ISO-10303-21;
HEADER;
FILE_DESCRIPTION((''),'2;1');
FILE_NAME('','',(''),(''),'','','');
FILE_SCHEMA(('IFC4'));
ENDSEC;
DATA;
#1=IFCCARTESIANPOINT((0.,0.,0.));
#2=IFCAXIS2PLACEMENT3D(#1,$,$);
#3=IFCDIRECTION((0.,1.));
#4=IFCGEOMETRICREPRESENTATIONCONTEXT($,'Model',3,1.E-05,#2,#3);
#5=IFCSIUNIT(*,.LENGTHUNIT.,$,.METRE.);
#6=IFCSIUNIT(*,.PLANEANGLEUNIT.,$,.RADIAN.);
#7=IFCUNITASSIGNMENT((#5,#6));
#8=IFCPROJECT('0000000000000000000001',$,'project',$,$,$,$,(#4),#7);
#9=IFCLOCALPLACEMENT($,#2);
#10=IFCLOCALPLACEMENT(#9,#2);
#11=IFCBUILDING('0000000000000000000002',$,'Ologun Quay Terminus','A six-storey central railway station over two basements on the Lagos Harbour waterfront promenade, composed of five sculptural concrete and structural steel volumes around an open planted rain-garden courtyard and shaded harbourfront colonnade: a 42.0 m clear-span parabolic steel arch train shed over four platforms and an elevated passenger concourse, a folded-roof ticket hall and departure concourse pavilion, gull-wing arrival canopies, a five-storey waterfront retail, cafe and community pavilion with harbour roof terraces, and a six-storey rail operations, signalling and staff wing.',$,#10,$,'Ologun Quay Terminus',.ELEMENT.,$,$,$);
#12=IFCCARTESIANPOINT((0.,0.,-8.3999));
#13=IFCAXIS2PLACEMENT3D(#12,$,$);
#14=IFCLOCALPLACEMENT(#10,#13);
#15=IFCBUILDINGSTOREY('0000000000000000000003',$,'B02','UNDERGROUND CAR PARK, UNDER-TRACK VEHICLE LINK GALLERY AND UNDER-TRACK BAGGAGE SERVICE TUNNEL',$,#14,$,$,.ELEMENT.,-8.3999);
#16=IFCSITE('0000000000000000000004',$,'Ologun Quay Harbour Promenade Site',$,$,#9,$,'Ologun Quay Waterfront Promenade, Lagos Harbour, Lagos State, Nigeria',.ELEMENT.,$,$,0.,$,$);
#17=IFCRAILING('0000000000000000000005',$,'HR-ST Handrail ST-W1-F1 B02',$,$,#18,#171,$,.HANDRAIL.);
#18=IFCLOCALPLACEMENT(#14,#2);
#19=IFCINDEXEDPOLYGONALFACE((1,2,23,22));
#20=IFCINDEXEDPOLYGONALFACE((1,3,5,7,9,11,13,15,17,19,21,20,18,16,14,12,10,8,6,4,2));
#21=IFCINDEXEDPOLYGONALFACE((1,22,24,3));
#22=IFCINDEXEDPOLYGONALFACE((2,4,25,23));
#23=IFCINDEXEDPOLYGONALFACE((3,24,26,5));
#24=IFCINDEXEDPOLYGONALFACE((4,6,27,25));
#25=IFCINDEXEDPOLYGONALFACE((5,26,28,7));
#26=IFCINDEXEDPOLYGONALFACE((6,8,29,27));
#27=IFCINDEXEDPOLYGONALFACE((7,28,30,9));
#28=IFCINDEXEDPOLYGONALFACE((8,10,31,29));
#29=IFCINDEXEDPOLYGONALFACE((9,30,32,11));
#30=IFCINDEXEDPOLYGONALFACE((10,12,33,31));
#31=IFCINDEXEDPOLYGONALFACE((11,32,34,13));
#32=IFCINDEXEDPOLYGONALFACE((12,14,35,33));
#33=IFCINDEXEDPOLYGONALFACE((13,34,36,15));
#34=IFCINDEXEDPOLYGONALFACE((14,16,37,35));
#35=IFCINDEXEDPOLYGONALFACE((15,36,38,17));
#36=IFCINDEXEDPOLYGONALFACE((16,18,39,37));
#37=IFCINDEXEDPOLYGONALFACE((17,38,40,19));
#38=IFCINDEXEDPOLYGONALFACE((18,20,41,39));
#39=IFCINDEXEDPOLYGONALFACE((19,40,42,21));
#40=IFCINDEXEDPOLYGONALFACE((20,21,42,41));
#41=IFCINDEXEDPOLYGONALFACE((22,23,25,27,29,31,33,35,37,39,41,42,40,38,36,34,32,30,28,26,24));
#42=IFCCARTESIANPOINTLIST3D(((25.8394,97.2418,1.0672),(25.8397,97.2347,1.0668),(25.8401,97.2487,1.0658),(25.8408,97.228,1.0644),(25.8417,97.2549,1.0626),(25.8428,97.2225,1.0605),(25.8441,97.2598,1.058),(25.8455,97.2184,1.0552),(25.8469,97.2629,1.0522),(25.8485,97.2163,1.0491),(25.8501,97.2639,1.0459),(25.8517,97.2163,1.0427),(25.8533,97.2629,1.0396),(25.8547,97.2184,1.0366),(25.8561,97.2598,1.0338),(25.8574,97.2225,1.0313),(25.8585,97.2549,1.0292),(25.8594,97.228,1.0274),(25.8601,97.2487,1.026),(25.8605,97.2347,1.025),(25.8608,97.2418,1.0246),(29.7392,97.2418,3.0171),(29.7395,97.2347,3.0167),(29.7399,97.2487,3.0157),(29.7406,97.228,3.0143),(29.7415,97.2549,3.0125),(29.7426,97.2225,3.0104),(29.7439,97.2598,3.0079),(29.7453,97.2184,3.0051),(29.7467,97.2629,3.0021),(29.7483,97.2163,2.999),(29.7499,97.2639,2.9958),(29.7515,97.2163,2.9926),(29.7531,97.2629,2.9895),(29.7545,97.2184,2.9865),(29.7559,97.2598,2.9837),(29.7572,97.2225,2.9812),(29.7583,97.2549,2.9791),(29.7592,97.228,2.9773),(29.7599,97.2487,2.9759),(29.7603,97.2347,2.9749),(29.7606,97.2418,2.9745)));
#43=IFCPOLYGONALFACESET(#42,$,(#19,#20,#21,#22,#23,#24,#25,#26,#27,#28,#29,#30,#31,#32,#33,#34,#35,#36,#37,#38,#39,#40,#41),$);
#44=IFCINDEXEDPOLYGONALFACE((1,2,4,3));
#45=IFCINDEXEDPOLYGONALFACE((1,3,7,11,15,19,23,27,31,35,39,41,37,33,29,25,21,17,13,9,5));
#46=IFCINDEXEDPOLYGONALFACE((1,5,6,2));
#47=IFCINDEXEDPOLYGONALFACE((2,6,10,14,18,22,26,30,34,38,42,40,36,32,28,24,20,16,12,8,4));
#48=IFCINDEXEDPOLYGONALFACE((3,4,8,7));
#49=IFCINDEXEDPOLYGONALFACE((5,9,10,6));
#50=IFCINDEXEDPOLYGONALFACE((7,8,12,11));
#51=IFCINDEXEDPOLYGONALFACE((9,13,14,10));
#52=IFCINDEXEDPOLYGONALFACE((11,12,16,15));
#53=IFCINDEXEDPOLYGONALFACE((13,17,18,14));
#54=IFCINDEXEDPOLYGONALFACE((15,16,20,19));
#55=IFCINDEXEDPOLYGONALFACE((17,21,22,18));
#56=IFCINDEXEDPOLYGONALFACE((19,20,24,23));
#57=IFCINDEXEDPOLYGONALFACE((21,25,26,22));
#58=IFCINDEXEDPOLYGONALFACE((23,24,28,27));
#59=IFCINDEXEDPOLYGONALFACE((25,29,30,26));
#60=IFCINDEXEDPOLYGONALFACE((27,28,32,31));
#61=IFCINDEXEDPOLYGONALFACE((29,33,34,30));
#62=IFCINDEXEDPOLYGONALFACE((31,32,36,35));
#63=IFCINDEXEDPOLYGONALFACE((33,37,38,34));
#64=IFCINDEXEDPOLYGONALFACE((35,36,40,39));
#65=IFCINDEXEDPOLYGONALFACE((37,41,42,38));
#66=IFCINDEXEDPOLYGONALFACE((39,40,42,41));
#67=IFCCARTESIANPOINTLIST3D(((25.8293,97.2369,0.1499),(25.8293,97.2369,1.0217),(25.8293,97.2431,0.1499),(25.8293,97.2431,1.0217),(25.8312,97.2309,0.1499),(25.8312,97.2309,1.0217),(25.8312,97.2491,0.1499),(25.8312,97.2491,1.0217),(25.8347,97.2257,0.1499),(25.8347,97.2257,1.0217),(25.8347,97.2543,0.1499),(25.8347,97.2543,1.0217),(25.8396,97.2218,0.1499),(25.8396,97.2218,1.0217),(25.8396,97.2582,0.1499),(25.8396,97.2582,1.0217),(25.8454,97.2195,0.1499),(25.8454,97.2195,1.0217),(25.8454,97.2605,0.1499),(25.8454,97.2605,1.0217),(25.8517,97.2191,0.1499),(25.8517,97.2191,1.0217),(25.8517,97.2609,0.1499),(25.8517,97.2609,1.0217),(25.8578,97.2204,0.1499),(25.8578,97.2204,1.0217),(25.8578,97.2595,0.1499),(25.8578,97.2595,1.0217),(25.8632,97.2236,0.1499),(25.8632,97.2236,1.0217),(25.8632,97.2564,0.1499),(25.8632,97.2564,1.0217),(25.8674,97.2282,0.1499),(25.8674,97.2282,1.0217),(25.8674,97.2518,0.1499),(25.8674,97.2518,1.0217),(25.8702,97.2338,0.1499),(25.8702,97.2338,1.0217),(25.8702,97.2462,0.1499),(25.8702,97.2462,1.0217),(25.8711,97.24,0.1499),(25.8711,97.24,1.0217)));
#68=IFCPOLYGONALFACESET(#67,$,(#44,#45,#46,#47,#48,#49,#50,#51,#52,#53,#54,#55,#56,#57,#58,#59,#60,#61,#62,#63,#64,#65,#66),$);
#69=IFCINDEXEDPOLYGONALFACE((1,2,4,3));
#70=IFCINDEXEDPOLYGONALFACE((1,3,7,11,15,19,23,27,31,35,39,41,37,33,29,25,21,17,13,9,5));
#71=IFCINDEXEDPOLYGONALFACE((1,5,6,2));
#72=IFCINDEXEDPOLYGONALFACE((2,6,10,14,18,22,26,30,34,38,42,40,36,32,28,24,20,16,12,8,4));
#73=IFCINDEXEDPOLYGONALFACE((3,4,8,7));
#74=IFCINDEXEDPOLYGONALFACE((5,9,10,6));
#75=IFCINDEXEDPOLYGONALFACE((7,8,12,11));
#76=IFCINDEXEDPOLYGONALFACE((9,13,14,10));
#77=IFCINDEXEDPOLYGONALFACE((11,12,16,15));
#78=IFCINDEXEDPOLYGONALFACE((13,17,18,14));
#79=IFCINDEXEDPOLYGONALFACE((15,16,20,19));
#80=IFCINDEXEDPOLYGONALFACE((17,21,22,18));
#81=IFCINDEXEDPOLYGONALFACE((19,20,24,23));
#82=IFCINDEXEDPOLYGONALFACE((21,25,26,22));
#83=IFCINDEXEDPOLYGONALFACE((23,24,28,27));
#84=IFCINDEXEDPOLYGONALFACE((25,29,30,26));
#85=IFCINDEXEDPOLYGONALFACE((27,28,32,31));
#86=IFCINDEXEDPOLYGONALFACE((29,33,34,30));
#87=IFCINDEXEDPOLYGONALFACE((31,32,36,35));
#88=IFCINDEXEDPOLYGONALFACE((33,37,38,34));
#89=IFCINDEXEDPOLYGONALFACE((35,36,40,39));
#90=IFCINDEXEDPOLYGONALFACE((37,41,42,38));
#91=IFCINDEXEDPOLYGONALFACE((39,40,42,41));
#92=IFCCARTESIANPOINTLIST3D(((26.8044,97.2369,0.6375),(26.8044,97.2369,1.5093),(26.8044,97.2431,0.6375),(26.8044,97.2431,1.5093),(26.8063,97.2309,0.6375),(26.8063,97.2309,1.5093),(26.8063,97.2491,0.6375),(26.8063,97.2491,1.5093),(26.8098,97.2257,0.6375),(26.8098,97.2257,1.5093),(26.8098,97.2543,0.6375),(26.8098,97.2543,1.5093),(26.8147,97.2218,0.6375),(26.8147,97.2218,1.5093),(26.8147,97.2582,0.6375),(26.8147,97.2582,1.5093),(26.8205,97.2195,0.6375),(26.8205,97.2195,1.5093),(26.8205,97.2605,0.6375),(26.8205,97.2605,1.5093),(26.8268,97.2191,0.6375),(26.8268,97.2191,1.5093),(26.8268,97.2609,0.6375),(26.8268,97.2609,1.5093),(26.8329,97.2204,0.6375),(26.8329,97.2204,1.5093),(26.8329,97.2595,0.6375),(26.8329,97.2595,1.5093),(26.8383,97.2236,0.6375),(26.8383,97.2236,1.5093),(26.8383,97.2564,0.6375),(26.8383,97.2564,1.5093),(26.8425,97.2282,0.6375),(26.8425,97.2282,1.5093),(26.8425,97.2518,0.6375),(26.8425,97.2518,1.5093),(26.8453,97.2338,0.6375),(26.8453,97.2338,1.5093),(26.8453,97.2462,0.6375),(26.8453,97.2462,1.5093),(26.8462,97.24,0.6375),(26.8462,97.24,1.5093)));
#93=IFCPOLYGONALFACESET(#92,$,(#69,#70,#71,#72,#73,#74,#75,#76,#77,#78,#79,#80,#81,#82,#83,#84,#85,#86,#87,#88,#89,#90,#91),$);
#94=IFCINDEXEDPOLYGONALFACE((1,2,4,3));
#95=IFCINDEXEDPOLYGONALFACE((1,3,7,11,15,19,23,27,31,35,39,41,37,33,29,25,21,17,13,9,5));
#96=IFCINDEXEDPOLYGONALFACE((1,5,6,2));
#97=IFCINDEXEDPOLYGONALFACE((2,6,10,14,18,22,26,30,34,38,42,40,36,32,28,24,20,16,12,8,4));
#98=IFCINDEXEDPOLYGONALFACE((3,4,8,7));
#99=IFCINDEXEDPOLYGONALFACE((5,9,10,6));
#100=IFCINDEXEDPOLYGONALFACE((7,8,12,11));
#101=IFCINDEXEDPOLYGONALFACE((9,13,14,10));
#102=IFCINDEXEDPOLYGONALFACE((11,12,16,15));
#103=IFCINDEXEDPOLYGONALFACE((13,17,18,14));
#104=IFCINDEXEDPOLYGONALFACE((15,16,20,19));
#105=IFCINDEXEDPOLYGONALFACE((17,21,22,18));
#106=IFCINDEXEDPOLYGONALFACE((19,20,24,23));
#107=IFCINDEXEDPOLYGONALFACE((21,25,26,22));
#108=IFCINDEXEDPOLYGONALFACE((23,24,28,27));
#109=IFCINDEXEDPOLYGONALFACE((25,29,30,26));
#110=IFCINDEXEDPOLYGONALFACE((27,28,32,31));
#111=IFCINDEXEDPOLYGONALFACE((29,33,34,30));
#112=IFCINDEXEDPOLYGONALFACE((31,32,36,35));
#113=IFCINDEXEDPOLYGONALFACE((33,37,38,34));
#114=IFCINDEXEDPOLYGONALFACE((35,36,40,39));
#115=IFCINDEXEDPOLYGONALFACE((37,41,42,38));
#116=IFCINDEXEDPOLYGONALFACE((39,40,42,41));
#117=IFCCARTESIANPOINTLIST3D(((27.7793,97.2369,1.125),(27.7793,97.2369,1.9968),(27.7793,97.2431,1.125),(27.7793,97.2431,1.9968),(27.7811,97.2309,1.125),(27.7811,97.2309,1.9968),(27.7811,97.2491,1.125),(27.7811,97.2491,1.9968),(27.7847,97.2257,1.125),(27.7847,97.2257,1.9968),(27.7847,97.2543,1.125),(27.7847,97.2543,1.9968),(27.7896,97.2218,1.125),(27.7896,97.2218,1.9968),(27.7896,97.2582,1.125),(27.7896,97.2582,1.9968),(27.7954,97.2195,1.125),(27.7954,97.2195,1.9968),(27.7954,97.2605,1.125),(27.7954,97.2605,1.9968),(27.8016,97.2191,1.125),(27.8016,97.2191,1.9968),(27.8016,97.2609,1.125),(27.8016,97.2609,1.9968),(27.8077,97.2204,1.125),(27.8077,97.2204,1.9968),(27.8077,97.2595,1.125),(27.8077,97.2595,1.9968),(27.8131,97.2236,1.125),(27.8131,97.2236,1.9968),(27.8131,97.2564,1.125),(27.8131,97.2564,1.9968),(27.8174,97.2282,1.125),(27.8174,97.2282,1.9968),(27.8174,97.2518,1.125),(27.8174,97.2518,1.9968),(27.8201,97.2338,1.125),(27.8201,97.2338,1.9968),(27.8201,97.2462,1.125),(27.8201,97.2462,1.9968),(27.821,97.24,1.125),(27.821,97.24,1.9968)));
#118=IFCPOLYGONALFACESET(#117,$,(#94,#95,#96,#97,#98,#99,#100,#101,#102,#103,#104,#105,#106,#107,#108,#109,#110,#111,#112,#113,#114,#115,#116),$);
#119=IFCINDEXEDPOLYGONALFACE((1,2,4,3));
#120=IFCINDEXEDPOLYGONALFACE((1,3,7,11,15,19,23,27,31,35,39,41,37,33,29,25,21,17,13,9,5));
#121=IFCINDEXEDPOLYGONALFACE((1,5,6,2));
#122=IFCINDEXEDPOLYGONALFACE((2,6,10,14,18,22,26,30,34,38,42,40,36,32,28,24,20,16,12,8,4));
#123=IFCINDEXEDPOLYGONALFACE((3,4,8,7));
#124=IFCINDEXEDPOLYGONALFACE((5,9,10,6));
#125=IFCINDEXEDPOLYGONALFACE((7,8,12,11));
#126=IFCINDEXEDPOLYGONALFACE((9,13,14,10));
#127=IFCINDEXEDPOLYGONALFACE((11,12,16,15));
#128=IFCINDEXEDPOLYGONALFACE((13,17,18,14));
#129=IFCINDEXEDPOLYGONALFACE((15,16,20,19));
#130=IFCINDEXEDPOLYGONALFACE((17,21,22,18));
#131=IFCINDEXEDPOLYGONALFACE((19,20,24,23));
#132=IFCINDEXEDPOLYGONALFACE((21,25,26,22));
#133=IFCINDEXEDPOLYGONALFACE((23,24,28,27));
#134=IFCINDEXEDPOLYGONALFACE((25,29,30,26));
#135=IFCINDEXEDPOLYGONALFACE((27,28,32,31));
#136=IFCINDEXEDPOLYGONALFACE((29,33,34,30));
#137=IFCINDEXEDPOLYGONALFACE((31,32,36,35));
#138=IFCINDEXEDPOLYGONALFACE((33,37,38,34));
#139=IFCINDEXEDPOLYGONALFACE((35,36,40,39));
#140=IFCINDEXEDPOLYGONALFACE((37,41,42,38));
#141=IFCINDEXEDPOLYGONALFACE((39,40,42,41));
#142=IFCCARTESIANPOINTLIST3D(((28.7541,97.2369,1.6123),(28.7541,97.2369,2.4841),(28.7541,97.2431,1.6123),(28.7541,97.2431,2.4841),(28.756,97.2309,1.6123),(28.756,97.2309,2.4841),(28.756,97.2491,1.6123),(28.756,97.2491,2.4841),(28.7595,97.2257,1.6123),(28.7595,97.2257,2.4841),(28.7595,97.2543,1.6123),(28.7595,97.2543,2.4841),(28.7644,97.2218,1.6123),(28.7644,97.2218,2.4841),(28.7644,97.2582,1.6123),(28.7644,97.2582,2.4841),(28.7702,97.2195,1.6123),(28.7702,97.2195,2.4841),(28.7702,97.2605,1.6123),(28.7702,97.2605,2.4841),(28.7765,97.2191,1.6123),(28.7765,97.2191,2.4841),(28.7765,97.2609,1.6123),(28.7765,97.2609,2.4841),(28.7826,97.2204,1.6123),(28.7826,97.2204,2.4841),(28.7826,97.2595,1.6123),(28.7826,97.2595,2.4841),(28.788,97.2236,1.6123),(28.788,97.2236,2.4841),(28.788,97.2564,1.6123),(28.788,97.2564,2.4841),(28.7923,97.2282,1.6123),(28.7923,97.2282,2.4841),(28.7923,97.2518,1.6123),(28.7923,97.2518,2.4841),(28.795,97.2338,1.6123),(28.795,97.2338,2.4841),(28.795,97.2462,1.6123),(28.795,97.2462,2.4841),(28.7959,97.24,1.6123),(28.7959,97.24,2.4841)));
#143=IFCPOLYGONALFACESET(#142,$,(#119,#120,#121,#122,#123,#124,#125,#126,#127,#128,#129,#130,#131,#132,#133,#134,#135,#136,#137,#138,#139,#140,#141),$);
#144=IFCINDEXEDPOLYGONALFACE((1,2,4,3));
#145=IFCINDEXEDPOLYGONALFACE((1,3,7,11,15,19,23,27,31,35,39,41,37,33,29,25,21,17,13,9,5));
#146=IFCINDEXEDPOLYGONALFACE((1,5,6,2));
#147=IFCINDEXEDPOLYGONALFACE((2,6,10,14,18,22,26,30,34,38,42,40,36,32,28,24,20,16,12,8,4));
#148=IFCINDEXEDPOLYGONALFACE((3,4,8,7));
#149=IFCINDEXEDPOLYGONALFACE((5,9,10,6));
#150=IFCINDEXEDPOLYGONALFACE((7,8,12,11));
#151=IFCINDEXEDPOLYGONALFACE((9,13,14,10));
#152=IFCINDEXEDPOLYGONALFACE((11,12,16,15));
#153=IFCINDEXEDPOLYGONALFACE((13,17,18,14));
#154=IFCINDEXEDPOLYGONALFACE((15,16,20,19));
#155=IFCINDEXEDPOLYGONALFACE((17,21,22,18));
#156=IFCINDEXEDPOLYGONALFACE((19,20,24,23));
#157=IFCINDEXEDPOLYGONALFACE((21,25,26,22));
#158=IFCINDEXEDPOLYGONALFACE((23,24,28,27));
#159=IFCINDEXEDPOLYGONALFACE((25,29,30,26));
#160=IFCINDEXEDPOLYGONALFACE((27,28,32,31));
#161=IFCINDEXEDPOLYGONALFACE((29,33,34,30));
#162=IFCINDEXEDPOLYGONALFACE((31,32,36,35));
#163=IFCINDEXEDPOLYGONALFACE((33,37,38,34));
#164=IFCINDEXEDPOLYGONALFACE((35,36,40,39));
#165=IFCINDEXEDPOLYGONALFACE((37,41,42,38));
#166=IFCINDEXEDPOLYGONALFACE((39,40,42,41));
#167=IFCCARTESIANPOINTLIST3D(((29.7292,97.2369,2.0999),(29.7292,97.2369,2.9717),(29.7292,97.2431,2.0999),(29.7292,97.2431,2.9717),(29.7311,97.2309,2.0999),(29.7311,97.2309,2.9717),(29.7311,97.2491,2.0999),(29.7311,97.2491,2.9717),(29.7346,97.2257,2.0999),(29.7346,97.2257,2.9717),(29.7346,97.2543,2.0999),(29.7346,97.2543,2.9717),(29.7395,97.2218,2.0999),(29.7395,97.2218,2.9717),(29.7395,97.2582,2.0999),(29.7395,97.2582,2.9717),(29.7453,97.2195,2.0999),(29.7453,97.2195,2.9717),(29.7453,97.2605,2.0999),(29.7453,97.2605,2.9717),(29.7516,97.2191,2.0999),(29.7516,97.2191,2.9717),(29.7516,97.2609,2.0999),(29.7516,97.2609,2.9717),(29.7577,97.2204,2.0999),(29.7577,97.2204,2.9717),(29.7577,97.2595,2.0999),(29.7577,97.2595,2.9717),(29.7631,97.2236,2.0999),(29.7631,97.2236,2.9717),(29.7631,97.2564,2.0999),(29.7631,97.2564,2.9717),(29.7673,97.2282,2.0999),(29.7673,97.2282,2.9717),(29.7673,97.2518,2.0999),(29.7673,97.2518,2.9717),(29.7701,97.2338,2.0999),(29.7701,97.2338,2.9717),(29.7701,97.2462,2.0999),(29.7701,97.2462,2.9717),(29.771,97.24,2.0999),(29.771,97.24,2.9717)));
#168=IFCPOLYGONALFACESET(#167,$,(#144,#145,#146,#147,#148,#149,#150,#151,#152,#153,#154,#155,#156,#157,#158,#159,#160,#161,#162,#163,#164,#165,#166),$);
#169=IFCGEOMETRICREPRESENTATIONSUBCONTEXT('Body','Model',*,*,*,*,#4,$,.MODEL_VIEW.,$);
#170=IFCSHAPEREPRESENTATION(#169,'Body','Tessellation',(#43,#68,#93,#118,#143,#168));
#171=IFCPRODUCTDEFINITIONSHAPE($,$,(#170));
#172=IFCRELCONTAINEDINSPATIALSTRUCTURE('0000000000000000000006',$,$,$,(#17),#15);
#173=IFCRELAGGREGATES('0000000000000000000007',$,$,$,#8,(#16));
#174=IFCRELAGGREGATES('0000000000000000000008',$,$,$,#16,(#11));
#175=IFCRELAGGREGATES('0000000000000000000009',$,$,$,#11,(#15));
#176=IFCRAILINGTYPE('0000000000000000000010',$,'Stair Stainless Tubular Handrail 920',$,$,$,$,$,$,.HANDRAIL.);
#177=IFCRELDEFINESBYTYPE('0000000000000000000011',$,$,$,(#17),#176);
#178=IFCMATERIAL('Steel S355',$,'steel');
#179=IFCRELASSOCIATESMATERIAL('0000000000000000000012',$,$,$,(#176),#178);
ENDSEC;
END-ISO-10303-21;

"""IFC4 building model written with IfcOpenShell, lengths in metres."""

from ifc_helpers import new_model, si_unit, direction, frame, origin, origin_2d, place, context, subcontext, project, spatial, circle, extrude, material, type_object, element, save


model = new_model("IFC4")

# Units and contexts
model_context = context("Model", 3, precision=1e-05, world=origin(), true_north=direction((0.0, 1.0)))
body_context = subcontext(model_context, "Body", "Model", "MODEL_VIEW")
ifc_project = project(units=[si_unit("LENGTHUNIT", "METRE"), si_unit("PLANEANGLEUNIT", "RADIAN")], contexts=[model_context])

# Site, building, storey
site_placement = place(None, origin())
site = spatial("IfcSite", under=ifc_project, at=site_placement, Name="Ologun Quay Harbour Promenade Site", LongName="Ologun Quay Waterfront Promenade, Lagos Harbour, Lagos State, Nigeria", CompositionType="ELEMENT", RefElevation=0.0)
building_placement = place(site_placement, origin())
building = spatial("IfcBuilding", under=site, at=building_placement, Name="Ologun Quay Terminus", Description="A six-storey central railway station over two basements on the Lagos Harbour waterfront promenade, composed of five sculptural concrete and structural steel volumes around an open planted rain-garden courtyard and shaded harbourfront colonnade: a 42.0 m clear-span parabolic steel arch train shed over four platforms and an elevated passenger concourse, a folded-roof ticket hall and departure concourse pavilion, gull-wing arrival canopies, a five-storey waterfront retail, cafe and community pavilion with harbour roof terraces, and a six-storey rail operations, signalling and staff wing.", LongName="Ologun Quay Terminus", CompositionType="ELEMENT")
storey_placement = place(building_placement, frame((0.0, 0.0, -8.3999)))
storey = spatial("IfcBuildingStorey", under=building, at=storey_placement, Name="B02", Description="UNDERGROUND CAR PARK, UNDER-TRACK VEHICLE LINK GALLERY AND UNDER-TRACK BAGGAGE SERVICE TUNNEL", CompositionType="ELEMENT", Elevation=-8.3999)

# Railing
ifc_material_1 = material(Name="Steel S355", Category="steel")
railing_type_1 = type_object("IfcRailingType", Name="Stair Stainless Tubular Handrail 920", PredefinedType="HANDRAIL", material=ifc_material_1)
railing_1_placement = place(storey_placement, frame((25.8501, 97.24, 0.1499)))
element("IfcRailing", 1, at=railing_1_placement, inside=storey, type_object=railing_type_1, Name="HR-ST Handrail ST-W1-F1 B02", PredefinedType="HANDRAIL", context=body_context, shape_type="SweptSolid", body=[
    extrude(circle(Radius=0.0239, at=origin_2d()), frame((0.0, 0.0, 0.896), z_axis=(0.894427, 0.0, 0.447214), x_axis=(0.0, 1.0, 0.0)), (0.0, 0.0, 1.0), 4.3601),
    extrude(circle(Radius=0.021, at=origin_2d()), origin(), (0.0, 0.0, 1.0), 0.8718),
    extrude(circle(Radius=0.021, at=origin_2d()), frame((0.9751, 0.0, 0.4875)), (0.0, 0.0, 1.0), 0.8718),
    extrude(circle(Radius=0.021, at=origin_2d()), frame((1.95, 0.0, 0.9751)), (0.0, 0.0, 1.0), 0.8718),
    extrude(circle(Radius=0.021, at=origin_2d()), frame((2.9248, 0.0, 1.4624)), (0.0, 0.0, 1.0), 0.8718),
    extrude(circle(Radius=0.021, at=origin_2d()), frame((3.8999, 0.0, 1.95)), (0.0, 0.0, 1.0), 0.8718),
])

save(model, "model.ifc")
